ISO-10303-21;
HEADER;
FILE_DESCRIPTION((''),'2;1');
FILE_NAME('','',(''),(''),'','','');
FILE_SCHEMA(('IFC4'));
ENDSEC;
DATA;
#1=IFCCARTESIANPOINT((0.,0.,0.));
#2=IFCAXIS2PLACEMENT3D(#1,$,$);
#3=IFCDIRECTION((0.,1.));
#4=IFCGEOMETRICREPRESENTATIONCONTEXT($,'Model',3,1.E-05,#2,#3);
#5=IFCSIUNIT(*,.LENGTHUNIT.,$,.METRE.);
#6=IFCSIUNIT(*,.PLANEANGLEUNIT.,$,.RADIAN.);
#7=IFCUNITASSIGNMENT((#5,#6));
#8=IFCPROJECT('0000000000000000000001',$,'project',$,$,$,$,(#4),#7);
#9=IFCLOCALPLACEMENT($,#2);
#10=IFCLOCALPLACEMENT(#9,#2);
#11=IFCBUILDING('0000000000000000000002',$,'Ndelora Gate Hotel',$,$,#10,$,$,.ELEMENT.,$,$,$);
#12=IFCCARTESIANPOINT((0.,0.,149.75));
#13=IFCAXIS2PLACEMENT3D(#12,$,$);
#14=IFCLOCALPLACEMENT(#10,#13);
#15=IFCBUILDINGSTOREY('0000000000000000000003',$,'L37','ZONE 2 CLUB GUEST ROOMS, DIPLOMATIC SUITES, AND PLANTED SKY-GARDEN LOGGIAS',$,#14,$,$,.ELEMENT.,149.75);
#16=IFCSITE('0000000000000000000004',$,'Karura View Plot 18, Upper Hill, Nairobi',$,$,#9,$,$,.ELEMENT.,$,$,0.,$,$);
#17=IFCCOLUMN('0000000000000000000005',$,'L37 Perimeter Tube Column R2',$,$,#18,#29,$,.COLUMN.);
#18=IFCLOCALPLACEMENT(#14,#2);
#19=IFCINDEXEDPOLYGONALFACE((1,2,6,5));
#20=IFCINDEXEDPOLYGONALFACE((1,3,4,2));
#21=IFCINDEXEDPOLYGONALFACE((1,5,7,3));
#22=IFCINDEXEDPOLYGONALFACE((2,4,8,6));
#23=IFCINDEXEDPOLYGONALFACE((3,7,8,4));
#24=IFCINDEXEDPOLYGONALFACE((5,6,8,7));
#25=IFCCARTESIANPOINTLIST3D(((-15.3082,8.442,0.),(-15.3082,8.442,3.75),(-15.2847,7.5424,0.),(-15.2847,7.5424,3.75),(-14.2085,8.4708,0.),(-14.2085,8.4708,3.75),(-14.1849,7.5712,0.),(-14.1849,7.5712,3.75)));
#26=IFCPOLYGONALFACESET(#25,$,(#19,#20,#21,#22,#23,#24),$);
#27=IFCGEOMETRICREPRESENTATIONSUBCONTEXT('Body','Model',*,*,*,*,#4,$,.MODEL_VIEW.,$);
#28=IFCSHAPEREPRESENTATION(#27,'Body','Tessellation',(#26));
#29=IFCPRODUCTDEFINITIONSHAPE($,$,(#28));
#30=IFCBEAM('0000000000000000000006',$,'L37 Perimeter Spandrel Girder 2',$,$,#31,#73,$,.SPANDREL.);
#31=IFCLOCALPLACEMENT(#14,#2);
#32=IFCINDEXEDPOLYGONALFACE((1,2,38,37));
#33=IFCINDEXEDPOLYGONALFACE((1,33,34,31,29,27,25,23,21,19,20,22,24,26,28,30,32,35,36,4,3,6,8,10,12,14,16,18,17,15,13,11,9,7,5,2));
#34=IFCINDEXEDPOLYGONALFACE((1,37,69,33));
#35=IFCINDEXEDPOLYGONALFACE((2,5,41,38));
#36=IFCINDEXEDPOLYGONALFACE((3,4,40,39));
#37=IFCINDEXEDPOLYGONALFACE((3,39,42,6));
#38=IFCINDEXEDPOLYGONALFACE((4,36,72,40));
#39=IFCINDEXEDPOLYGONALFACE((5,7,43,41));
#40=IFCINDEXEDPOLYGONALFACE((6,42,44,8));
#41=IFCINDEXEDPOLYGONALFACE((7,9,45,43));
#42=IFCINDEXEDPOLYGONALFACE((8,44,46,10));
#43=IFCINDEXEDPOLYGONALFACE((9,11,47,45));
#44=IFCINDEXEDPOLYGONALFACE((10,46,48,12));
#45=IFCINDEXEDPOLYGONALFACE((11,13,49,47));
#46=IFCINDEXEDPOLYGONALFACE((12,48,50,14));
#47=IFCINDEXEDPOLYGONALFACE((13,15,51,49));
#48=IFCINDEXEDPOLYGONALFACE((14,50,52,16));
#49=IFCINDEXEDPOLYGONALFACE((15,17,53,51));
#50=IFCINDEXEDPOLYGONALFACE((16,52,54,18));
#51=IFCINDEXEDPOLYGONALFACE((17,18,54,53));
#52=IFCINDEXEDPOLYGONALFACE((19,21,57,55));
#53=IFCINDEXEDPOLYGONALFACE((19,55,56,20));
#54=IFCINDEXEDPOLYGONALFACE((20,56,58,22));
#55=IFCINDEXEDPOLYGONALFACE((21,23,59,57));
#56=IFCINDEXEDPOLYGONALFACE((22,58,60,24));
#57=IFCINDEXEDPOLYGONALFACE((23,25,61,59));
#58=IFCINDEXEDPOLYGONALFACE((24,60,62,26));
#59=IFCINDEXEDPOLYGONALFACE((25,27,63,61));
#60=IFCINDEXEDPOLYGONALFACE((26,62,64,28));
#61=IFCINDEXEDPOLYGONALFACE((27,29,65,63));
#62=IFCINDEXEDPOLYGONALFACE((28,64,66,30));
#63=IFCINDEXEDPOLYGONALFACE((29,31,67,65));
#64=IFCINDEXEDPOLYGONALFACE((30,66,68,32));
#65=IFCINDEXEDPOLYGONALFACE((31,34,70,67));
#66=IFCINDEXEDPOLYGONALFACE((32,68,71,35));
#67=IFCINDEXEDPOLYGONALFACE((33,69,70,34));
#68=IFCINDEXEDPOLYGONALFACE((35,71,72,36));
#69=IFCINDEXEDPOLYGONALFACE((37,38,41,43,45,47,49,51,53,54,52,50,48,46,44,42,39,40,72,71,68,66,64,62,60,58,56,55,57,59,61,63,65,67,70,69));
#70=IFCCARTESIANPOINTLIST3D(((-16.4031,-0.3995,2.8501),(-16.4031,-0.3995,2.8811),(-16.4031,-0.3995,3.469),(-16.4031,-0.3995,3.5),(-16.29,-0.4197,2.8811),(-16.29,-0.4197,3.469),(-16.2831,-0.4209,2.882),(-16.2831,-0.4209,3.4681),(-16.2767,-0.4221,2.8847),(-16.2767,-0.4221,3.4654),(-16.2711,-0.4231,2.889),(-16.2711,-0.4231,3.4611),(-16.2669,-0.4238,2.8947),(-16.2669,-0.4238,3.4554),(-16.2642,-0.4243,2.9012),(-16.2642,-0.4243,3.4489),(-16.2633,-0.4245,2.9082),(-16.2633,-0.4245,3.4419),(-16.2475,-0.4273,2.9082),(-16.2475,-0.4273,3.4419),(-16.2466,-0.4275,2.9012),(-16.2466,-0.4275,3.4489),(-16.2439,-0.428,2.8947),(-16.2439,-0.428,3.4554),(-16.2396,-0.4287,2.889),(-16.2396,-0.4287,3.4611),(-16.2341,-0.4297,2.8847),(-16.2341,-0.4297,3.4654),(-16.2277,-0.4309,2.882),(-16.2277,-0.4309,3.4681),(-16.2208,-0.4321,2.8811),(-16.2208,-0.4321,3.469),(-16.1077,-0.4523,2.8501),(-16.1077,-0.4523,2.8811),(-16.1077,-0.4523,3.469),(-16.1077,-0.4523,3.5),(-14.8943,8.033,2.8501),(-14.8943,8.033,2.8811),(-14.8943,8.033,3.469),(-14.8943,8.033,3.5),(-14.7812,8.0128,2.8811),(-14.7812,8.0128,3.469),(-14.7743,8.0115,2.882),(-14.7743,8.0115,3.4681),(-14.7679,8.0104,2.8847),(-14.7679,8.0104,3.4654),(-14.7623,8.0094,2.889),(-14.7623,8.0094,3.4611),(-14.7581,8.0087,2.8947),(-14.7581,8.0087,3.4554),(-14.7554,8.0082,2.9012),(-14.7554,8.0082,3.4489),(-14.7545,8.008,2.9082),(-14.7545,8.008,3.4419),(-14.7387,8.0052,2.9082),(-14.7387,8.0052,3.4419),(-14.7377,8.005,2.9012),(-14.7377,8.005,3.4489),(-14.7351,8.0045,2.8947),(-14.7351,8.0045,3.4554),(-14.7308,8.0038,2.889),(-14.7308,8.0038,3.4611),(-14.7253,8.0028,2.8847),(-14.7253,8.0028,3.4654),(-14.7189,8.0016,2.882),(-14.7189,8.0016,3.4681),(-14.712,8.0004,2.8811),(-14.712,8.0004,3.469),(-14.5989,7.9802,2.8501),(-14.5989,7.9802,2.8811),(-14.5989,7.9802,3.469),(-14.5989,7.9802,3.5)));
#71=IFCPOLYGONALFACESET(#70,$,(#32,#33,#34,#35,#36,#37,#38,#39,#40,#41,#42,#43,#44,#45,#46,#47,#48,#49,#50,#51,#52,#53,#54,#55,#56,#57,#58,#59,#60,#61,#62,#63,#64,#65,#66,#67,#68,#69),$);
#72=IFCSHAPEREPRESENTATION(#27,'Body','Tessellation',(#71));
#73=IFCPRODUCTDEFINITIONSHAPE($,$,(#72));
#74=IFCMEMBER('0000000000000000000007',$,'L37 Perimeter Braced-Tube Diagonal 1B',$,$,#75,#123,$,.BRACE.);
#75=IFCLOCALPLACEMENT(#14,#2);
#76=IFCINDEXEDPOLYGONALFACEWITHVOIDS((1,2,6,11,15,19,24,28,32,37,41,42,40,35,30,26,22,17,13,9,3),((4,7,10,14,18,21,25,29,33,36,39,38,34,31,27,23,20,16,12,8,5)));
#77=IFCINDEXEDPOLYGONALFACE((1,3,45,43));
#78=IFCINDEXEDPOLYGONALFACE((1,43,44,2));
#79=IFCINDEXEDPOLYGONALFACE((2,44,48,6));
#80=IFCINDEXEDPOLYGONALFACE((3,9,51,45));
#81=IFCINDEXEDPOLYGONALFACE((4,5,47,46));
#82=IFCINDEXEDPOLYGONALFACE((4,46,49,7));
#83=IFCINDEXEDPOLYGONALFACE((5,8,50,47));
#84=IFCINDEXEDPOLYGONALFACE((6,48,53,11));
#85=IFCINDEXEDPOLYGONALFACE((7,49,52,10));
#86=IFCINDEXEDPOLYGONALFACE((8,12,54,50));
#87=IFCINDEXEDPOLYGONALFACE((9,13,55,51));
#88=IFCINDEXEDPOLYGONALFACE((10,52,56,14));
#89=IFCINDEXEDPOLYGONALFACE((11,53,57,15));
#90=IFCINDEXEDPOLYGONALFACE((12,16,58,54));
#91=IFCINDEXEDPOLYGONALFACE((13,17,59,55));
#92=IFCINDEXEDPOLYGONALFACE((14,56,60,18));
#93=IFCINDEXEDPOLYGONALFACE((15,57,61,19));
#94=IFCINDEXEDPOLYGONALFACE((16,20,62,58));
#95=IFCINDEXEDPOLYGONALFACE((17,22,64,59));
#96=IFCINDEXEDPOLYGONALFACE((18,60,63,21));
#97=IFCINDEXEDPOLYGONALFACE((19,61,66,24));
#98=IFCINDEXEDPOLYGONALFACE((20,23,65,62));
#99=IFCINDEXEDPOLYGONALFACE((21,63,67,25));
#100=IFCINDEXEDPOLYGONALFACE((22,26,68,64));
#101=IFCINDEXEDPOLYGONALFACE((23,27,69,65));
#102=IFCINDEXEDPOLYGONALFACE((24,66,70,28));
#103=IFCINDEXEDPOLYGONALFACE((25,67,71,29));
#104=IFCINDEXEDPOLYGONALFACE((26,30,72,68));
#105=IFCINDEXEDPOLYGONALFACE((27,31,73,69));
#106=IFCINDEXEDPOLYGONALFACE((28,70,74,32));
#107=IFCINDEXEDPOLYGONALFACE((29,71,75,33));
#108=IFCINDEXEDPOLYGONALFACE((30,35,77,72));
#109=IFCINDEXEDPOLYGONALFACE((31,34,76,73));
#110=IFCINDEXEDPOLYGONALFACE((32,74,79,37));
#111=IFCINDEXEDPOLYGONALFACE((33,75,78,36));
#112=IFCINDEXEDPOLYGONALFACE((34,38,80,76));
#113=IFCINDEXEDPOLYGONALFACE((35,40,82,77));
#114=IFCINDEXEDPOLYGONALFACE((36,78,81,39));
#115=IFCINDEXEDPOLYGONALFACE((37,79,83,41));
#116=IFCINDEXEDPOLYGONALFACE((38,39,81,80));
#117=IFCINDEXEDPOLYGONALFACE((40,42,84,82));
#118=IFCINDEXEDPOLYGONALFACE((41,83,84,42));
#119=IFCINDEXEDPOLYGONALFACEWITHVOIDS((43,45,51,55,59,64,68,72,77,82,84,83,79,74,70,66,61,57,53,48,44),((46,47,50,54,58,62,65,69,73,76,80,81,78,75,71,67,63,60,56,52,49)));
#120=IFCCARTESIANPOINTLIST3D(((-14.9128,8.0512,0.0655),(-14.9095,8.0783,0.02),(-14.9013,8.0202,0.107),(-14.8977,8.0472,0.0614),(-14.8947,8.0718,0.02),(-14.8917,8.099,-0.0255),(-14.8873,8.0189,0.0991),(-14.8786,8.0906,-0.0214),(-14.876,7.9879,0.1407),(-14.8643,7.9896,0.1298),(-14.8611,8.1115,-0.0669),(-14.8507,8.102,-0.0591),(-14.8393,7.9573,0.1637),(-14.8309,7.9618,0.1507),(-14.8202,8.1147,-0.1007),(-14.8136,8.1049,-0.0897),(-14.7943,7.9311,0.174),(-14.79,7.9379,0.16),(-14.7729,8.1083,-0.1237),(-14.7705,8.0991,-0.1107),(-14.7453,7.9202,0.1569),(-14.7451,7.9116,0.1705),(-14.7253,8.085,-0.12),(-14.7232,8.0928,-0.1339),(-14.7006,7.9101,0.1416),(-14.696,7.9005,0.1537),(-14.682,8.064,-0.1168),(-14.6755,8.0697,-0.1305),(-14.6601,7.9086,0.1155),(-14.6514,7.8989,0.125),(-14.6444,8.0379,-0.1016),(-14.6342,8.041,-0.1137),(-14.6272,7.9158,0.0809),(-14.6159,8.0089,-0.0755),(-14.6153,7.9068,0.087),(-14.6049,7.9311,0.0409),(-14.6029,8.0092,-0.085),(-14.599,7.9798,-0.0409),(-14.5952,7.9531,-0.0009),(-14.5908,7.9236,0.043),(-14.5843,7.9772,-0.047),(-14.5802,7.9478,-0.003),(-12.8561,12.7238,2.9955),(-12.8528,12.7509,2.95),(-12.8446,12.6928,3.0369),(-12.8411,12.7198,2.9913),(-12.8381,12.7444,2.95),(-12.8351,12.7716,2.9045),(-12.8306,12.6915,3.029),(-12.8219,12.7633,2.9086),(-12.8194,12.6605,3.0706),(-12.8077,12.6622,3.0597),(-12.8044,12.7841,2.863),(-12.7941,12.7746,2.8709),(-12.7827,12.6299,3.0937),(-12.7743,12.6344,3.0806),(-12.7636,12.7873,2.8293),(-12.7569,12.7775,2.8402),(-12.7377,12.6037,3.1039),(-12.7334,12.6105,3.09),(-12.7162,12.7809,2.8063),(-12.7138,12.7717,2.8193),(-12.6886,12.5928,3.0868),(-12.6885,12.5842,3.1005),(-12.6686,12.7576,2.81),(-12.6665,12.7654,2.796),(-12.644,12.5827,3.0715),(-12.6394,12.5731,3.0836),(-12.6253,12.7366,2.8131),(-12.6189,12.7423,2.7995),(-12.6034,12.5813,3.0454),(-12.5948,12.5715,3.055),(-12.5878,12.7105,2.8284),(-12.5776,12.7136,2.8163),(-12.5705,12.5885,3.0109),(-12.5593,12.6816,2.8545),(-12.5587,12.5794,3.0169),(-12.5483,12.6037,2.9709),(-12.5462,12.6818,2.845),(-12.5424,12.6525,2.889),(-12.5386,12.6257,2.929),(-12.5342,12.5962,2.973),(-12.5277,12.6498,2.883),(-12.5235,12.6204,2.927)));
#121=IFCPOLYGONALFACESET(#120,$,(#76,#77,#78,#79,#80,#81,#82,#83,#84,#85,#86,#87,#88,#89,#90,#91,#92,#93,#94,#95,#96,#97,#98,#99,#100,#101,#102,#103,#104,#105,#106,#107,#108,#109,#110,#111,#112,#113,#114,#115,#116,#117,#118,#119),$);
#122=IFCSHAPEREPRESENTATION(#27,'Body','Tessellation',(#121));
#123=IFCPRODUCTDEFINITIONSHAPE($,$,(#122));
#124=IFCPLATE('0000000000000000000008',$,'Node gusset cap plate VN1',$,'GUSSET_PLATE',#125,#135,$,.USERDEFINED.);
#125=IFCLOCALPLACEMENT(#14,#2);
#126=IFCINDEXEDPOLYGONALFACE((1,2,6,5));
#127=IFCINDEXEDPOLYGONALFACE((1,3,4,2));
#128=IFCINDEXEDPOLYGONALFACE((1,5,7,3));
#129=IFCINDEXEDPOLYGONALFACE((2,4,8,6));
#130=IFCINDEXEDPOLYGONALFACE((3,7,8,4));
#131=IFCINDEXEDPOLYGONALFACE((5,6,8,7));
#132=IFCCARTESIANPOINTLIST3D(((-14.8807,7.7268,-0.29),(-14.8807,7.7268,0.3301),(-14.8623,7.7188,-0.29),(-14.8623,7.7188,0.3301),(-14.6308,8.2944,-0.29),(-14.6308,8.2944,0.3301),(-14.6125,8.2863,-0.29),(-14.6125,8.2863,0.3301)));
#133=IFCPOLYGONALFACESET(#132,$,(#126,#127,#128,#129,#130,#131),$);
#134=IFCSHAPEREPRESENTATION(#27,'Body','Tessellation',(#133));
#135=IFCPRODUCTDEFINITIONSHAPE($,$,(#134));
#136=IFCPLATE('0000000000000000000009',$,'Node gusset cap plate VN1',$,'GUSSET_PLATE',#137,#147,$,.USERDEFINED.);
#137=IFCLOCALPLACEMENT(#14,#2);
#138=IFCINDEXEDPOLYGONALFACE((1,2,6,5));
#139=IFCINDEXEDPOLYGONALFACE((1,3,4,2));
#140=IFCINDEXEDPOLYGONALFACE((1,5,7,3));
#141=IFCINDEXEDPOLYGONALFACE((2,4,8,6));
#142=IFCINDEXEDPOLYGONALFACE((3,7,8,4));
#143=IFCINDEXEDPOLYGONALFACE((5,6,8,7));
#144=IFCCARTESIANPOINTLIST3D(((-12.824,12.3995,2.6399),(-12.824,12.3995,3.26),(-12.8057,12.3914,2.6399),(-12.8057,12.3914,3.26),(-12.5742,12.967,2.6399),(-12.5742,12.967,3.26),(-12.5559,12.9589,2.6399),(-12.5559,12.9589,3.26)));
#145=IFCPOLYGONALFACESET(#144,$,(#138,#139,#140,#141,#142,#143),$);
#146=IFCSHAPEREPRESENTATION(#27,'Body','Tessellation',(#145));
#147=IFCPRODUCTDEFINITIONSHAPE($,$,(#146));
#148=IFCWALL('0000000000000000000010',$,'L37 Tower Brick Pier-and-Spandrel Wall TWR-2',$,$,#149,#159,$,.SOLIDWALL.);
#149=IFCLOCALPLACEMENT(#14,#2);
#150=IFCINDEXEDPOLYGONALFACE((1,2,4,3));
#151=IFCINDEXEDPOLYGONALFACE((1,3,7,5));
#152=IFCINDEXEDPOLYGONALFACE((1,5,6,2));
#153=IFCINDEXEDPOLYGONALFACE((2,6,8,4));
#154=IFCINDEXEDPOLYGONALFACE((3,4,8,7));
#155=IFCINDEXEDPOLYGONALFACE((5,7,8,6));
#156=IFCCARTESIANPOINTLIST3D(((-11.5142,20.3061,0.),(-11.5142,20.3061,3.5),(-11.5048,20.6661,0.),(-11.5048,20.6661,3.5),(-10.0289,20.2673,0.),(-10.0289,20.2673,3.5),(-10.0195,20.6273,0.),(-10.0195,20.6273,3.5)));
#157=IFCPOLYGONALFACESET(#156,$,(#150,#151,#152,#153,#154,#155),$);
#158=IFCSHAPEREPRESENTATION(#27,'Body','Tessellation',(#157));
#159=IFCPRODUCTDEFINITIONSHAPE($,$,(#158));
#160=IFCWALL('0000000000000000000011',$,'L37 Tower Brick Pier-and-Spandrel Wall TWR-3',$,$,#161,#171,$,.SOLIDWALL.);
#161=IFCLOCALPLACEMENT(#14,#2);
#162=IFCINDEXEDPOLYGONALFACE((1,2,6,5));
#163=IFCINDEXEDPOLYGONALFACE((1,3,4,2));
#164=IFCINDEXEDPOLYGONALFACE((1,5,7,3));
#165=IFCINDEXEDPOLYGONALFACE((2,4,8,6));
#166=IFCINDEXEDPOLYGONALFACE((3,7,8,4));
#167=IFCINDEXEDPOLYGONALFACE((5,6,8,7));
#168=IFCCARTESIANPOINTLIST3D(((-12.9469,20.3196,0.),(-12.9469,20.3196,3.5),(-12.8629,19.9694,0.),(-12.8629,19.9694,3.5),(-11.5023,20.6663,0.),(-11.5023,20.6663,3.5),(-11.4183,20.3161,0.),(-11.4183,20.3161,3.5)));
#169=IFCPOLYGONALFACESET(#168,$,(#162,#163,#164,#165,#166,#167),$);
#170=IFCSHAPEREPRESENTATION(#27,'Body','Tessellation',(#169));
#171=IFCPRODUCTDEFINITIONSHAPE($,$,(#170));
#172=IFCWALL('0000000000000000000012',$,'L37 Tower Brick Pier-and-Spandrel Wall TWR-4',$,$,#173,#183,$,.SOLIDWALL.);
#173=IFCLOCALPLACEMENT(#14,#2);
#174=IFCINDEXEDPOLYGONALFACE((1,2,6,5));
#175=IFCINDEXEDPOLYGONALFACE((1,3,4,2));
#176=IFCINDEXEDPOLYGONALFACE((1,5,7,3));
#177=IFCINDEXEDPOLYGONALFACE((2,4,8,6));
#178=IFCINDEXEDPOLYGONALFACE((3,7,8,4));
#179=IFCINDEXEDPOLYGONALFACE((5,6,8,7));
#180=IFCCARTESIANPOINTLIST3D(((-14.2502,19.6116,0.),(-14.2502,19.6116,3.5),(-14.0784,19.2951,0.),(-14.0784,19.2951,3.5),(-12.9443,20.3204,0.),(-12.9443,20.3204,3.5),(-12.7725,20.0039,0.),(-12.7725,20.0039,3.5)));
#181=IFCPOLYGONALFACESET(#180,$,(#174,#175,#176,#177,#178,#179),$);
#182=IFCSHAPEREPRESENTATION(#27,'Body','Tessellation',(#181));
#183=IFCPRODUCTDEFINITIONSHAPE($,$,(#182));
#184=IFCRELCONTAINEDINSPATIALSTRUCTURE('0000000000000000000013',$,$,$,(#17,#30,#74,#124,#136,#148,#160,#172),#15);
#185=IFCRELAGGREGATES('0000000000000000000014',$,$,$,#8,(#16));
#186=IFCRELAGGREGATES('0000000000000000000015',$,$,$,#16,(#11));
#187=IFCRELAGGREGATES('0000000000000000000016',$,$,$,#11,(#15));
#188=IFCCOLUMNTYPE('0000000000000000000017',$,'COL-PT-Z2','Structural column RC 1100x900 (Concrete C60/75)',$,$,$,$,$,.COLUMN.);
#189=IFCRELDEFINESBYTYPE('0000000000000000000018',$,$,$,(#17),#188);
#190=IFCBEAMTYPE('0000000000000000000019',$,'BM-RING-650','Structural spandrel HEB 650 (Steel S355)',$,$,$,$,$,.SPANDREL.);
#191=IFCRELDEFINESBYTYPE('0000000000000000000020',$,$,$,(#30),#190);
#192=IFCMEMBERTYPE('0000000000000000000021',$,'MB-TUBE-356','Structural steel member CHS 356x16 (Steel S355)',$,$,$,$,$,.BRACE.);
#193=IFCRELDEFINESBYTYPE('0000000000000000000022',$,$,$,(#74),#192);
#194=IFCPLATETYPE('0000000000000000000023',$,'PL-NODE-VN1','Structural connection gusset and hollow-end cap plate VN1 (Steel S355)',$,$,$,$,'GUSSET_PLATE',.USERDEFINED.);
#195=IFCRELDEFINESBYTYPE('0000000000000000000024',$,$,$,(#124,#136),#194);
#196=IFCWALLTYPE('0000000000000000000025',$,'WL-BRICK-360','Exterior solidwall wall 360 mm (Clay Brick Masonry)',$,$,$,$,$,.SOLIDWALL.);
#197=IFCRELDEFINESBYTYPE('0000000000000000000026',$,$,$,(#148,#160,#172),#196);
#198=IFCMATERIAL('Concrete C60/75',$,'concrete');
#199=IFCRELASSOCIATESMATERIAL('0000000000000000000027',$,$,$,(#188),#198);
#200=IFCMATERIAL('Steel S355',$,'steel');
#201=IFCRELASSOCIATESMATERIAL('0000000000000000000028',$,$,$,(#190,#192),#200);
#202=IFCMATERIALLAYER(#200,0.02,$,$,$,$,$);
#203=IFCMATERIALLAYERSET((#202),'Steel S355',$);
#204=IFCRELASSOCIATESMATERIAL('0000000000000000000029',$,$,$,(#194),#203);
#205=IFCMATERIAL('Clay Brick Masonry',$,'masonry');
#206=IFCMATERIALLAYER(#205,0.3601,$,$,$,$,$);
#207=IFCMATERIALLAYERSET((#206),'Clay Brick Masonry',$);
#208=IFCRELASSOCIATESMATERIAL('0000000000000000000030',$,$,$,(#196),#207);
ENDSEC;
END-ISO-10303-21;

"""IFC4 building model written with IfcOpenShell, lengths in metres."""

from ifc_helpers import new_model, si_unit, direction, frame, frame_2d, origin, origin_2d, place, context, subcontext, project, spatial, rectangle, hollow_circle, i_section, extrude, material, layer, layer_set, material_profile, profile_set, type_object, element, save


model = new_model("IFC4")

# Units and contexts
model_context = context("Model", 3, precision=1e-05, world=origin(), true_north=direction((0.0, 1.0)))
body_context = subcontext(model_context, "Body", "Model", "MODEL_VIEW")
ifc_project = project(units=[si_unit("LENGTHUNIT", "METRE"), si_unit("PLANEANGLEUNIT", "RADIAN")], contexts=[model_context])

# Site, building, storey
site_placement = place(None, origin())
site = spatial("IfcSite", under=ifc_project, at=site_placement, Name="Karura View Plot 18, Upper Hill, Nairobi", CompositionType="ELEMENT", RefElevation=0.0)
building_placement = place(site_placement, origin())
building = spatial("IfcBuilding", under=site, at=building_placement, Name="Ndelora Gate Hotel", CompositionType="ELEMENT")
storey_placement = place(building_placement, frame((0.0, 0.0, 149.75)))
storey = spatial("IfcBuildingStorey", under=building, at=storey_placement, Name="L37", Description="ZONE 2 CLUB GUEST ROOMS, DIPLOMATIC SUITES, AND PLANTED SKY-GARDEN LOGGIAS", CompositionType="ELEMENT", Elevation=149.75)

# Column
ifc_material_1 = material(Name="Concrete C60/75", Category="concrete")
ifc_material_profile_1 = material_profile(ifc_material_1, rectangle(XDim=0.8999, YDim=1.1001, at=origin_2d()), Name="RC 1100x900")
ifc_profile_set_1 = profile_set([ifc_material_profile_1], Name="Concrete C60/75")
column_type = type_object("IfcColumnType", Name="COL-PT-Z2", Description="Structural column RC 1100x900 (Concrete C60/75)", PredefinedType="COLUMN", material=ifc_profile_set_1)
column_placement = place(storey_placement, frame((-14.7466, 8.0066, 0.0), z_axis=(0.0, 0.0, 1.0), x_axis=(-0.026177, 0.999657, 0.0)))
element("IfcColumn", 1, at=column_placement, inside=storey, type_object=column_type, Name="L37 Perimeter Tube Column R2", PredefinedType="COLUMN", context=body_context, shape_type="SweptSolid", body=[
    extrude(rectangle(XDim=0.8999, YDim=1.1001, at=origin_2d()), origin(), (0.0, 0.0, 1.0), 3.75),
])

# Beam
ifc_material_2 = material(Name="Steel S355", Category="steel")
ifc_material_profile_2 = material_profile(ifc_material_2, i_section(OverallWidth=0.3, OverallDepth=0.6499, WebThickness=0.0161, FlangeThickness=0.031, FilletRadius=0.0271, at=origin_2d()), Name="HEB 650")
ifc_profile_set_2 = profile_set([ifc_material_profile_2], Name="Steel S355")
beam_type = type_object("IfcBeamType", Name="BM-RING-650", Description="Structural spandrel HEB 650 (Steel S355)", PredefinedType="SPANDREL", material=ifc_profile_set_2)
beam_placement = place(storey_placement, frame((-14.7466, 8.0066, 3.175), z_axis=(-0.176131, -0.984367, 0.0), x_axis=(0.984367, -0.176131, 0.0)))
element("IfcBeam", 2, at=beam_placement, inside=storey, type_object=beam_type, Name="L37 Perimeter Spandrel Girder 2", PredefinedType="SPANDREL", context=body_context, shape_type="SweptSolid", body=[
    extrude(i_section(OverallWidth=0.3, OverallDepth=0.6499, WebThickness=0.0161, FlangeThickness=0.031, FilletRadius=0.0271, at=origin_2d()), origin(), (0.0, 0.0, 1.0), 8.5664),
])

# Member
ifc_material_profile_3 = material_profile(ifc_material_2, hollow_circle(Radius=0.178, WallThickness=0.0161, at=origin_2d()), Name="CHS 356x16")
ifc_profile_set_3 = profile_set([ifc_material_profile_3], Name="Steel S355")
member_type = type_object("IfcMemberType", Name="MB-TUBE-356", Description="Structural steel member CHS 356x16 (Steel S355)", PredefinedType="BRACE", material=ifc_profile_set_3)
member_placement = place(storey_placement, frame((-14.7466, 8.0066, 0.02), z_axis=(0.349399, 0.793822, 0.497762), x_axis=(-0.915265, 0.402852, 0.0)))
element("IfcMember", 3, at=member_placement, inside=storey, type_object=member_type, Name="L37 Perimeter Braced-Tube Diagonal 1B", PredefinedType="BRACE", context=body_context, shape_type="SweptSolid", body=[
    extrude(hollow_circle(Radius=0.178, WallThickness=0.0161, at=origin_2d()), origin(), (0.0, 0.0, 1.0), 5.8862),
])

# Plates
ifc_layer_1 = layer(ifc_material_2, 0.02)
ifc_layer_set_1 = layer_set([ifc_layer_1], Name="Steel S355")
plate_type = type_object("IfcPlateType", Name="PL-NODE-VN1", Description="Structural connection gusset and hollow-end cap plate VN1 (Steel S355)", ElementType="GUSSET_PLATE", PredefinedType="USERDEFINED", material=ifc_layer_set_1)
for number, where, z_axis, x_axis, name in (
    (4, (-14.7466, 8.0066, -0.29), (0.0, 0.0, 1.0), (0.402906, 0.915241, 0.0), "Node gusset cap plate VN1"),
    (5, (-12.6899, 12.6792, 2.6399), (0.0, 0.0, 1.0), (0.402906, 0.915241, 0.0), "Node gusset cap plate VN1"),
):
    element("IfcPlate", number, at=place(storey_placement, frame(where, z_axis=z_axis, x_axis=x_axis)), inside=storey, type_object=plate_type, Name=name, ObjectType="GUSSET_PLATE", PredefinedType="USERDEFINED", context=body_context, shape_type="SweptSolid", body=[
        extrude(rectangle(XDim=0.6201, YDim=0.02, at=origin_2d()), origin(), (0.0, 0.0, 1.0), 0.6201),
    ])

# Walls
ifc_material_3 = material(Name="Clay Brick Masonry", Category="masonry")
ifc_layer_2 = layer(ifc_material_3, 0.3601)
ifc_layer_set_2 = layer_set([ifc_layer_2], Name="Clay Brick Masonry")
wall_type = type_object("IfcWallType", Name="WL-BRICK-360", Description="Exterior solidwall wall 360 mm (Clay Brick Masonry)", PredefinedType="SOLIDWALL", material=ifc_layer_set_2)
wall_1_placement = place(storey_placement, frame((-11.5095, 20.4861, 0.0), z_axis=(0.0, 0.0, 1.0), x_axis=(0.999659, -0.026125, 0.0)))
element("IfcWall", 6, at=wall_1_placement, inside=storey, type_object=wall_type, Name="L37 Tower Brick Pier-and-Spandrel Wall TWR-2", PredefinedType="SOLIDWALL", context=body_context, shape_type="SweptSolid", body=[
    extrude(rectangle(XDim=1.4858, YDim=0.3601, at=frame_2d((0.7429, 0.0))), origin(), (0.0, 0.0, 1.0), 3.5),
])
wall_2_placement = place(storey_placement, frame((-12.9048, 20.1445, 0.0), z_axis=(0.0, 0.0, 1.0), x_axis=(0.97239, 0.233361, 0.0)))
element("IfcWall", 7, at=wall_2_placement, inside=storey, type_object=wall_type, Name="L37 Tower Brick Pier-and-Spandrel Wall TWR-3", PredefinedType="SOLIDWALL", context=body_context, shape_type="SweptSolid", body=[
    extrude(rectangle(XDim=1.4856, YDim=0.3601, at=frame_2d((0.7427, 0.0))), origin(), (0.0, 0.0, 1.0), 3.5),
])
wall_3_placement = place(storey_placement, frame((-14.1643, 19.4534, 0.0), z_axis=(0.0, 0.0, 1.0), x_axis=(0.878905, 0.476998, 0.0)))
element("IfcWall", 8, at=wall_3_placement, inside=storey, type_object=wall_type, Name="L37 Tower Brick Pier-and-Spandrel Wall TWR-4", PredefinedType="SOLIDWALL", context=body_context, shape_type="SweptSolid", body=[
    extrude(rectangle(XDim=1.4858, YDim=0.3601, at=frame_2d((0.7429, 0.0))), origin(), (0.0, 0.0, 1.0), 3.5),
])

save(model, "model.ifc")
